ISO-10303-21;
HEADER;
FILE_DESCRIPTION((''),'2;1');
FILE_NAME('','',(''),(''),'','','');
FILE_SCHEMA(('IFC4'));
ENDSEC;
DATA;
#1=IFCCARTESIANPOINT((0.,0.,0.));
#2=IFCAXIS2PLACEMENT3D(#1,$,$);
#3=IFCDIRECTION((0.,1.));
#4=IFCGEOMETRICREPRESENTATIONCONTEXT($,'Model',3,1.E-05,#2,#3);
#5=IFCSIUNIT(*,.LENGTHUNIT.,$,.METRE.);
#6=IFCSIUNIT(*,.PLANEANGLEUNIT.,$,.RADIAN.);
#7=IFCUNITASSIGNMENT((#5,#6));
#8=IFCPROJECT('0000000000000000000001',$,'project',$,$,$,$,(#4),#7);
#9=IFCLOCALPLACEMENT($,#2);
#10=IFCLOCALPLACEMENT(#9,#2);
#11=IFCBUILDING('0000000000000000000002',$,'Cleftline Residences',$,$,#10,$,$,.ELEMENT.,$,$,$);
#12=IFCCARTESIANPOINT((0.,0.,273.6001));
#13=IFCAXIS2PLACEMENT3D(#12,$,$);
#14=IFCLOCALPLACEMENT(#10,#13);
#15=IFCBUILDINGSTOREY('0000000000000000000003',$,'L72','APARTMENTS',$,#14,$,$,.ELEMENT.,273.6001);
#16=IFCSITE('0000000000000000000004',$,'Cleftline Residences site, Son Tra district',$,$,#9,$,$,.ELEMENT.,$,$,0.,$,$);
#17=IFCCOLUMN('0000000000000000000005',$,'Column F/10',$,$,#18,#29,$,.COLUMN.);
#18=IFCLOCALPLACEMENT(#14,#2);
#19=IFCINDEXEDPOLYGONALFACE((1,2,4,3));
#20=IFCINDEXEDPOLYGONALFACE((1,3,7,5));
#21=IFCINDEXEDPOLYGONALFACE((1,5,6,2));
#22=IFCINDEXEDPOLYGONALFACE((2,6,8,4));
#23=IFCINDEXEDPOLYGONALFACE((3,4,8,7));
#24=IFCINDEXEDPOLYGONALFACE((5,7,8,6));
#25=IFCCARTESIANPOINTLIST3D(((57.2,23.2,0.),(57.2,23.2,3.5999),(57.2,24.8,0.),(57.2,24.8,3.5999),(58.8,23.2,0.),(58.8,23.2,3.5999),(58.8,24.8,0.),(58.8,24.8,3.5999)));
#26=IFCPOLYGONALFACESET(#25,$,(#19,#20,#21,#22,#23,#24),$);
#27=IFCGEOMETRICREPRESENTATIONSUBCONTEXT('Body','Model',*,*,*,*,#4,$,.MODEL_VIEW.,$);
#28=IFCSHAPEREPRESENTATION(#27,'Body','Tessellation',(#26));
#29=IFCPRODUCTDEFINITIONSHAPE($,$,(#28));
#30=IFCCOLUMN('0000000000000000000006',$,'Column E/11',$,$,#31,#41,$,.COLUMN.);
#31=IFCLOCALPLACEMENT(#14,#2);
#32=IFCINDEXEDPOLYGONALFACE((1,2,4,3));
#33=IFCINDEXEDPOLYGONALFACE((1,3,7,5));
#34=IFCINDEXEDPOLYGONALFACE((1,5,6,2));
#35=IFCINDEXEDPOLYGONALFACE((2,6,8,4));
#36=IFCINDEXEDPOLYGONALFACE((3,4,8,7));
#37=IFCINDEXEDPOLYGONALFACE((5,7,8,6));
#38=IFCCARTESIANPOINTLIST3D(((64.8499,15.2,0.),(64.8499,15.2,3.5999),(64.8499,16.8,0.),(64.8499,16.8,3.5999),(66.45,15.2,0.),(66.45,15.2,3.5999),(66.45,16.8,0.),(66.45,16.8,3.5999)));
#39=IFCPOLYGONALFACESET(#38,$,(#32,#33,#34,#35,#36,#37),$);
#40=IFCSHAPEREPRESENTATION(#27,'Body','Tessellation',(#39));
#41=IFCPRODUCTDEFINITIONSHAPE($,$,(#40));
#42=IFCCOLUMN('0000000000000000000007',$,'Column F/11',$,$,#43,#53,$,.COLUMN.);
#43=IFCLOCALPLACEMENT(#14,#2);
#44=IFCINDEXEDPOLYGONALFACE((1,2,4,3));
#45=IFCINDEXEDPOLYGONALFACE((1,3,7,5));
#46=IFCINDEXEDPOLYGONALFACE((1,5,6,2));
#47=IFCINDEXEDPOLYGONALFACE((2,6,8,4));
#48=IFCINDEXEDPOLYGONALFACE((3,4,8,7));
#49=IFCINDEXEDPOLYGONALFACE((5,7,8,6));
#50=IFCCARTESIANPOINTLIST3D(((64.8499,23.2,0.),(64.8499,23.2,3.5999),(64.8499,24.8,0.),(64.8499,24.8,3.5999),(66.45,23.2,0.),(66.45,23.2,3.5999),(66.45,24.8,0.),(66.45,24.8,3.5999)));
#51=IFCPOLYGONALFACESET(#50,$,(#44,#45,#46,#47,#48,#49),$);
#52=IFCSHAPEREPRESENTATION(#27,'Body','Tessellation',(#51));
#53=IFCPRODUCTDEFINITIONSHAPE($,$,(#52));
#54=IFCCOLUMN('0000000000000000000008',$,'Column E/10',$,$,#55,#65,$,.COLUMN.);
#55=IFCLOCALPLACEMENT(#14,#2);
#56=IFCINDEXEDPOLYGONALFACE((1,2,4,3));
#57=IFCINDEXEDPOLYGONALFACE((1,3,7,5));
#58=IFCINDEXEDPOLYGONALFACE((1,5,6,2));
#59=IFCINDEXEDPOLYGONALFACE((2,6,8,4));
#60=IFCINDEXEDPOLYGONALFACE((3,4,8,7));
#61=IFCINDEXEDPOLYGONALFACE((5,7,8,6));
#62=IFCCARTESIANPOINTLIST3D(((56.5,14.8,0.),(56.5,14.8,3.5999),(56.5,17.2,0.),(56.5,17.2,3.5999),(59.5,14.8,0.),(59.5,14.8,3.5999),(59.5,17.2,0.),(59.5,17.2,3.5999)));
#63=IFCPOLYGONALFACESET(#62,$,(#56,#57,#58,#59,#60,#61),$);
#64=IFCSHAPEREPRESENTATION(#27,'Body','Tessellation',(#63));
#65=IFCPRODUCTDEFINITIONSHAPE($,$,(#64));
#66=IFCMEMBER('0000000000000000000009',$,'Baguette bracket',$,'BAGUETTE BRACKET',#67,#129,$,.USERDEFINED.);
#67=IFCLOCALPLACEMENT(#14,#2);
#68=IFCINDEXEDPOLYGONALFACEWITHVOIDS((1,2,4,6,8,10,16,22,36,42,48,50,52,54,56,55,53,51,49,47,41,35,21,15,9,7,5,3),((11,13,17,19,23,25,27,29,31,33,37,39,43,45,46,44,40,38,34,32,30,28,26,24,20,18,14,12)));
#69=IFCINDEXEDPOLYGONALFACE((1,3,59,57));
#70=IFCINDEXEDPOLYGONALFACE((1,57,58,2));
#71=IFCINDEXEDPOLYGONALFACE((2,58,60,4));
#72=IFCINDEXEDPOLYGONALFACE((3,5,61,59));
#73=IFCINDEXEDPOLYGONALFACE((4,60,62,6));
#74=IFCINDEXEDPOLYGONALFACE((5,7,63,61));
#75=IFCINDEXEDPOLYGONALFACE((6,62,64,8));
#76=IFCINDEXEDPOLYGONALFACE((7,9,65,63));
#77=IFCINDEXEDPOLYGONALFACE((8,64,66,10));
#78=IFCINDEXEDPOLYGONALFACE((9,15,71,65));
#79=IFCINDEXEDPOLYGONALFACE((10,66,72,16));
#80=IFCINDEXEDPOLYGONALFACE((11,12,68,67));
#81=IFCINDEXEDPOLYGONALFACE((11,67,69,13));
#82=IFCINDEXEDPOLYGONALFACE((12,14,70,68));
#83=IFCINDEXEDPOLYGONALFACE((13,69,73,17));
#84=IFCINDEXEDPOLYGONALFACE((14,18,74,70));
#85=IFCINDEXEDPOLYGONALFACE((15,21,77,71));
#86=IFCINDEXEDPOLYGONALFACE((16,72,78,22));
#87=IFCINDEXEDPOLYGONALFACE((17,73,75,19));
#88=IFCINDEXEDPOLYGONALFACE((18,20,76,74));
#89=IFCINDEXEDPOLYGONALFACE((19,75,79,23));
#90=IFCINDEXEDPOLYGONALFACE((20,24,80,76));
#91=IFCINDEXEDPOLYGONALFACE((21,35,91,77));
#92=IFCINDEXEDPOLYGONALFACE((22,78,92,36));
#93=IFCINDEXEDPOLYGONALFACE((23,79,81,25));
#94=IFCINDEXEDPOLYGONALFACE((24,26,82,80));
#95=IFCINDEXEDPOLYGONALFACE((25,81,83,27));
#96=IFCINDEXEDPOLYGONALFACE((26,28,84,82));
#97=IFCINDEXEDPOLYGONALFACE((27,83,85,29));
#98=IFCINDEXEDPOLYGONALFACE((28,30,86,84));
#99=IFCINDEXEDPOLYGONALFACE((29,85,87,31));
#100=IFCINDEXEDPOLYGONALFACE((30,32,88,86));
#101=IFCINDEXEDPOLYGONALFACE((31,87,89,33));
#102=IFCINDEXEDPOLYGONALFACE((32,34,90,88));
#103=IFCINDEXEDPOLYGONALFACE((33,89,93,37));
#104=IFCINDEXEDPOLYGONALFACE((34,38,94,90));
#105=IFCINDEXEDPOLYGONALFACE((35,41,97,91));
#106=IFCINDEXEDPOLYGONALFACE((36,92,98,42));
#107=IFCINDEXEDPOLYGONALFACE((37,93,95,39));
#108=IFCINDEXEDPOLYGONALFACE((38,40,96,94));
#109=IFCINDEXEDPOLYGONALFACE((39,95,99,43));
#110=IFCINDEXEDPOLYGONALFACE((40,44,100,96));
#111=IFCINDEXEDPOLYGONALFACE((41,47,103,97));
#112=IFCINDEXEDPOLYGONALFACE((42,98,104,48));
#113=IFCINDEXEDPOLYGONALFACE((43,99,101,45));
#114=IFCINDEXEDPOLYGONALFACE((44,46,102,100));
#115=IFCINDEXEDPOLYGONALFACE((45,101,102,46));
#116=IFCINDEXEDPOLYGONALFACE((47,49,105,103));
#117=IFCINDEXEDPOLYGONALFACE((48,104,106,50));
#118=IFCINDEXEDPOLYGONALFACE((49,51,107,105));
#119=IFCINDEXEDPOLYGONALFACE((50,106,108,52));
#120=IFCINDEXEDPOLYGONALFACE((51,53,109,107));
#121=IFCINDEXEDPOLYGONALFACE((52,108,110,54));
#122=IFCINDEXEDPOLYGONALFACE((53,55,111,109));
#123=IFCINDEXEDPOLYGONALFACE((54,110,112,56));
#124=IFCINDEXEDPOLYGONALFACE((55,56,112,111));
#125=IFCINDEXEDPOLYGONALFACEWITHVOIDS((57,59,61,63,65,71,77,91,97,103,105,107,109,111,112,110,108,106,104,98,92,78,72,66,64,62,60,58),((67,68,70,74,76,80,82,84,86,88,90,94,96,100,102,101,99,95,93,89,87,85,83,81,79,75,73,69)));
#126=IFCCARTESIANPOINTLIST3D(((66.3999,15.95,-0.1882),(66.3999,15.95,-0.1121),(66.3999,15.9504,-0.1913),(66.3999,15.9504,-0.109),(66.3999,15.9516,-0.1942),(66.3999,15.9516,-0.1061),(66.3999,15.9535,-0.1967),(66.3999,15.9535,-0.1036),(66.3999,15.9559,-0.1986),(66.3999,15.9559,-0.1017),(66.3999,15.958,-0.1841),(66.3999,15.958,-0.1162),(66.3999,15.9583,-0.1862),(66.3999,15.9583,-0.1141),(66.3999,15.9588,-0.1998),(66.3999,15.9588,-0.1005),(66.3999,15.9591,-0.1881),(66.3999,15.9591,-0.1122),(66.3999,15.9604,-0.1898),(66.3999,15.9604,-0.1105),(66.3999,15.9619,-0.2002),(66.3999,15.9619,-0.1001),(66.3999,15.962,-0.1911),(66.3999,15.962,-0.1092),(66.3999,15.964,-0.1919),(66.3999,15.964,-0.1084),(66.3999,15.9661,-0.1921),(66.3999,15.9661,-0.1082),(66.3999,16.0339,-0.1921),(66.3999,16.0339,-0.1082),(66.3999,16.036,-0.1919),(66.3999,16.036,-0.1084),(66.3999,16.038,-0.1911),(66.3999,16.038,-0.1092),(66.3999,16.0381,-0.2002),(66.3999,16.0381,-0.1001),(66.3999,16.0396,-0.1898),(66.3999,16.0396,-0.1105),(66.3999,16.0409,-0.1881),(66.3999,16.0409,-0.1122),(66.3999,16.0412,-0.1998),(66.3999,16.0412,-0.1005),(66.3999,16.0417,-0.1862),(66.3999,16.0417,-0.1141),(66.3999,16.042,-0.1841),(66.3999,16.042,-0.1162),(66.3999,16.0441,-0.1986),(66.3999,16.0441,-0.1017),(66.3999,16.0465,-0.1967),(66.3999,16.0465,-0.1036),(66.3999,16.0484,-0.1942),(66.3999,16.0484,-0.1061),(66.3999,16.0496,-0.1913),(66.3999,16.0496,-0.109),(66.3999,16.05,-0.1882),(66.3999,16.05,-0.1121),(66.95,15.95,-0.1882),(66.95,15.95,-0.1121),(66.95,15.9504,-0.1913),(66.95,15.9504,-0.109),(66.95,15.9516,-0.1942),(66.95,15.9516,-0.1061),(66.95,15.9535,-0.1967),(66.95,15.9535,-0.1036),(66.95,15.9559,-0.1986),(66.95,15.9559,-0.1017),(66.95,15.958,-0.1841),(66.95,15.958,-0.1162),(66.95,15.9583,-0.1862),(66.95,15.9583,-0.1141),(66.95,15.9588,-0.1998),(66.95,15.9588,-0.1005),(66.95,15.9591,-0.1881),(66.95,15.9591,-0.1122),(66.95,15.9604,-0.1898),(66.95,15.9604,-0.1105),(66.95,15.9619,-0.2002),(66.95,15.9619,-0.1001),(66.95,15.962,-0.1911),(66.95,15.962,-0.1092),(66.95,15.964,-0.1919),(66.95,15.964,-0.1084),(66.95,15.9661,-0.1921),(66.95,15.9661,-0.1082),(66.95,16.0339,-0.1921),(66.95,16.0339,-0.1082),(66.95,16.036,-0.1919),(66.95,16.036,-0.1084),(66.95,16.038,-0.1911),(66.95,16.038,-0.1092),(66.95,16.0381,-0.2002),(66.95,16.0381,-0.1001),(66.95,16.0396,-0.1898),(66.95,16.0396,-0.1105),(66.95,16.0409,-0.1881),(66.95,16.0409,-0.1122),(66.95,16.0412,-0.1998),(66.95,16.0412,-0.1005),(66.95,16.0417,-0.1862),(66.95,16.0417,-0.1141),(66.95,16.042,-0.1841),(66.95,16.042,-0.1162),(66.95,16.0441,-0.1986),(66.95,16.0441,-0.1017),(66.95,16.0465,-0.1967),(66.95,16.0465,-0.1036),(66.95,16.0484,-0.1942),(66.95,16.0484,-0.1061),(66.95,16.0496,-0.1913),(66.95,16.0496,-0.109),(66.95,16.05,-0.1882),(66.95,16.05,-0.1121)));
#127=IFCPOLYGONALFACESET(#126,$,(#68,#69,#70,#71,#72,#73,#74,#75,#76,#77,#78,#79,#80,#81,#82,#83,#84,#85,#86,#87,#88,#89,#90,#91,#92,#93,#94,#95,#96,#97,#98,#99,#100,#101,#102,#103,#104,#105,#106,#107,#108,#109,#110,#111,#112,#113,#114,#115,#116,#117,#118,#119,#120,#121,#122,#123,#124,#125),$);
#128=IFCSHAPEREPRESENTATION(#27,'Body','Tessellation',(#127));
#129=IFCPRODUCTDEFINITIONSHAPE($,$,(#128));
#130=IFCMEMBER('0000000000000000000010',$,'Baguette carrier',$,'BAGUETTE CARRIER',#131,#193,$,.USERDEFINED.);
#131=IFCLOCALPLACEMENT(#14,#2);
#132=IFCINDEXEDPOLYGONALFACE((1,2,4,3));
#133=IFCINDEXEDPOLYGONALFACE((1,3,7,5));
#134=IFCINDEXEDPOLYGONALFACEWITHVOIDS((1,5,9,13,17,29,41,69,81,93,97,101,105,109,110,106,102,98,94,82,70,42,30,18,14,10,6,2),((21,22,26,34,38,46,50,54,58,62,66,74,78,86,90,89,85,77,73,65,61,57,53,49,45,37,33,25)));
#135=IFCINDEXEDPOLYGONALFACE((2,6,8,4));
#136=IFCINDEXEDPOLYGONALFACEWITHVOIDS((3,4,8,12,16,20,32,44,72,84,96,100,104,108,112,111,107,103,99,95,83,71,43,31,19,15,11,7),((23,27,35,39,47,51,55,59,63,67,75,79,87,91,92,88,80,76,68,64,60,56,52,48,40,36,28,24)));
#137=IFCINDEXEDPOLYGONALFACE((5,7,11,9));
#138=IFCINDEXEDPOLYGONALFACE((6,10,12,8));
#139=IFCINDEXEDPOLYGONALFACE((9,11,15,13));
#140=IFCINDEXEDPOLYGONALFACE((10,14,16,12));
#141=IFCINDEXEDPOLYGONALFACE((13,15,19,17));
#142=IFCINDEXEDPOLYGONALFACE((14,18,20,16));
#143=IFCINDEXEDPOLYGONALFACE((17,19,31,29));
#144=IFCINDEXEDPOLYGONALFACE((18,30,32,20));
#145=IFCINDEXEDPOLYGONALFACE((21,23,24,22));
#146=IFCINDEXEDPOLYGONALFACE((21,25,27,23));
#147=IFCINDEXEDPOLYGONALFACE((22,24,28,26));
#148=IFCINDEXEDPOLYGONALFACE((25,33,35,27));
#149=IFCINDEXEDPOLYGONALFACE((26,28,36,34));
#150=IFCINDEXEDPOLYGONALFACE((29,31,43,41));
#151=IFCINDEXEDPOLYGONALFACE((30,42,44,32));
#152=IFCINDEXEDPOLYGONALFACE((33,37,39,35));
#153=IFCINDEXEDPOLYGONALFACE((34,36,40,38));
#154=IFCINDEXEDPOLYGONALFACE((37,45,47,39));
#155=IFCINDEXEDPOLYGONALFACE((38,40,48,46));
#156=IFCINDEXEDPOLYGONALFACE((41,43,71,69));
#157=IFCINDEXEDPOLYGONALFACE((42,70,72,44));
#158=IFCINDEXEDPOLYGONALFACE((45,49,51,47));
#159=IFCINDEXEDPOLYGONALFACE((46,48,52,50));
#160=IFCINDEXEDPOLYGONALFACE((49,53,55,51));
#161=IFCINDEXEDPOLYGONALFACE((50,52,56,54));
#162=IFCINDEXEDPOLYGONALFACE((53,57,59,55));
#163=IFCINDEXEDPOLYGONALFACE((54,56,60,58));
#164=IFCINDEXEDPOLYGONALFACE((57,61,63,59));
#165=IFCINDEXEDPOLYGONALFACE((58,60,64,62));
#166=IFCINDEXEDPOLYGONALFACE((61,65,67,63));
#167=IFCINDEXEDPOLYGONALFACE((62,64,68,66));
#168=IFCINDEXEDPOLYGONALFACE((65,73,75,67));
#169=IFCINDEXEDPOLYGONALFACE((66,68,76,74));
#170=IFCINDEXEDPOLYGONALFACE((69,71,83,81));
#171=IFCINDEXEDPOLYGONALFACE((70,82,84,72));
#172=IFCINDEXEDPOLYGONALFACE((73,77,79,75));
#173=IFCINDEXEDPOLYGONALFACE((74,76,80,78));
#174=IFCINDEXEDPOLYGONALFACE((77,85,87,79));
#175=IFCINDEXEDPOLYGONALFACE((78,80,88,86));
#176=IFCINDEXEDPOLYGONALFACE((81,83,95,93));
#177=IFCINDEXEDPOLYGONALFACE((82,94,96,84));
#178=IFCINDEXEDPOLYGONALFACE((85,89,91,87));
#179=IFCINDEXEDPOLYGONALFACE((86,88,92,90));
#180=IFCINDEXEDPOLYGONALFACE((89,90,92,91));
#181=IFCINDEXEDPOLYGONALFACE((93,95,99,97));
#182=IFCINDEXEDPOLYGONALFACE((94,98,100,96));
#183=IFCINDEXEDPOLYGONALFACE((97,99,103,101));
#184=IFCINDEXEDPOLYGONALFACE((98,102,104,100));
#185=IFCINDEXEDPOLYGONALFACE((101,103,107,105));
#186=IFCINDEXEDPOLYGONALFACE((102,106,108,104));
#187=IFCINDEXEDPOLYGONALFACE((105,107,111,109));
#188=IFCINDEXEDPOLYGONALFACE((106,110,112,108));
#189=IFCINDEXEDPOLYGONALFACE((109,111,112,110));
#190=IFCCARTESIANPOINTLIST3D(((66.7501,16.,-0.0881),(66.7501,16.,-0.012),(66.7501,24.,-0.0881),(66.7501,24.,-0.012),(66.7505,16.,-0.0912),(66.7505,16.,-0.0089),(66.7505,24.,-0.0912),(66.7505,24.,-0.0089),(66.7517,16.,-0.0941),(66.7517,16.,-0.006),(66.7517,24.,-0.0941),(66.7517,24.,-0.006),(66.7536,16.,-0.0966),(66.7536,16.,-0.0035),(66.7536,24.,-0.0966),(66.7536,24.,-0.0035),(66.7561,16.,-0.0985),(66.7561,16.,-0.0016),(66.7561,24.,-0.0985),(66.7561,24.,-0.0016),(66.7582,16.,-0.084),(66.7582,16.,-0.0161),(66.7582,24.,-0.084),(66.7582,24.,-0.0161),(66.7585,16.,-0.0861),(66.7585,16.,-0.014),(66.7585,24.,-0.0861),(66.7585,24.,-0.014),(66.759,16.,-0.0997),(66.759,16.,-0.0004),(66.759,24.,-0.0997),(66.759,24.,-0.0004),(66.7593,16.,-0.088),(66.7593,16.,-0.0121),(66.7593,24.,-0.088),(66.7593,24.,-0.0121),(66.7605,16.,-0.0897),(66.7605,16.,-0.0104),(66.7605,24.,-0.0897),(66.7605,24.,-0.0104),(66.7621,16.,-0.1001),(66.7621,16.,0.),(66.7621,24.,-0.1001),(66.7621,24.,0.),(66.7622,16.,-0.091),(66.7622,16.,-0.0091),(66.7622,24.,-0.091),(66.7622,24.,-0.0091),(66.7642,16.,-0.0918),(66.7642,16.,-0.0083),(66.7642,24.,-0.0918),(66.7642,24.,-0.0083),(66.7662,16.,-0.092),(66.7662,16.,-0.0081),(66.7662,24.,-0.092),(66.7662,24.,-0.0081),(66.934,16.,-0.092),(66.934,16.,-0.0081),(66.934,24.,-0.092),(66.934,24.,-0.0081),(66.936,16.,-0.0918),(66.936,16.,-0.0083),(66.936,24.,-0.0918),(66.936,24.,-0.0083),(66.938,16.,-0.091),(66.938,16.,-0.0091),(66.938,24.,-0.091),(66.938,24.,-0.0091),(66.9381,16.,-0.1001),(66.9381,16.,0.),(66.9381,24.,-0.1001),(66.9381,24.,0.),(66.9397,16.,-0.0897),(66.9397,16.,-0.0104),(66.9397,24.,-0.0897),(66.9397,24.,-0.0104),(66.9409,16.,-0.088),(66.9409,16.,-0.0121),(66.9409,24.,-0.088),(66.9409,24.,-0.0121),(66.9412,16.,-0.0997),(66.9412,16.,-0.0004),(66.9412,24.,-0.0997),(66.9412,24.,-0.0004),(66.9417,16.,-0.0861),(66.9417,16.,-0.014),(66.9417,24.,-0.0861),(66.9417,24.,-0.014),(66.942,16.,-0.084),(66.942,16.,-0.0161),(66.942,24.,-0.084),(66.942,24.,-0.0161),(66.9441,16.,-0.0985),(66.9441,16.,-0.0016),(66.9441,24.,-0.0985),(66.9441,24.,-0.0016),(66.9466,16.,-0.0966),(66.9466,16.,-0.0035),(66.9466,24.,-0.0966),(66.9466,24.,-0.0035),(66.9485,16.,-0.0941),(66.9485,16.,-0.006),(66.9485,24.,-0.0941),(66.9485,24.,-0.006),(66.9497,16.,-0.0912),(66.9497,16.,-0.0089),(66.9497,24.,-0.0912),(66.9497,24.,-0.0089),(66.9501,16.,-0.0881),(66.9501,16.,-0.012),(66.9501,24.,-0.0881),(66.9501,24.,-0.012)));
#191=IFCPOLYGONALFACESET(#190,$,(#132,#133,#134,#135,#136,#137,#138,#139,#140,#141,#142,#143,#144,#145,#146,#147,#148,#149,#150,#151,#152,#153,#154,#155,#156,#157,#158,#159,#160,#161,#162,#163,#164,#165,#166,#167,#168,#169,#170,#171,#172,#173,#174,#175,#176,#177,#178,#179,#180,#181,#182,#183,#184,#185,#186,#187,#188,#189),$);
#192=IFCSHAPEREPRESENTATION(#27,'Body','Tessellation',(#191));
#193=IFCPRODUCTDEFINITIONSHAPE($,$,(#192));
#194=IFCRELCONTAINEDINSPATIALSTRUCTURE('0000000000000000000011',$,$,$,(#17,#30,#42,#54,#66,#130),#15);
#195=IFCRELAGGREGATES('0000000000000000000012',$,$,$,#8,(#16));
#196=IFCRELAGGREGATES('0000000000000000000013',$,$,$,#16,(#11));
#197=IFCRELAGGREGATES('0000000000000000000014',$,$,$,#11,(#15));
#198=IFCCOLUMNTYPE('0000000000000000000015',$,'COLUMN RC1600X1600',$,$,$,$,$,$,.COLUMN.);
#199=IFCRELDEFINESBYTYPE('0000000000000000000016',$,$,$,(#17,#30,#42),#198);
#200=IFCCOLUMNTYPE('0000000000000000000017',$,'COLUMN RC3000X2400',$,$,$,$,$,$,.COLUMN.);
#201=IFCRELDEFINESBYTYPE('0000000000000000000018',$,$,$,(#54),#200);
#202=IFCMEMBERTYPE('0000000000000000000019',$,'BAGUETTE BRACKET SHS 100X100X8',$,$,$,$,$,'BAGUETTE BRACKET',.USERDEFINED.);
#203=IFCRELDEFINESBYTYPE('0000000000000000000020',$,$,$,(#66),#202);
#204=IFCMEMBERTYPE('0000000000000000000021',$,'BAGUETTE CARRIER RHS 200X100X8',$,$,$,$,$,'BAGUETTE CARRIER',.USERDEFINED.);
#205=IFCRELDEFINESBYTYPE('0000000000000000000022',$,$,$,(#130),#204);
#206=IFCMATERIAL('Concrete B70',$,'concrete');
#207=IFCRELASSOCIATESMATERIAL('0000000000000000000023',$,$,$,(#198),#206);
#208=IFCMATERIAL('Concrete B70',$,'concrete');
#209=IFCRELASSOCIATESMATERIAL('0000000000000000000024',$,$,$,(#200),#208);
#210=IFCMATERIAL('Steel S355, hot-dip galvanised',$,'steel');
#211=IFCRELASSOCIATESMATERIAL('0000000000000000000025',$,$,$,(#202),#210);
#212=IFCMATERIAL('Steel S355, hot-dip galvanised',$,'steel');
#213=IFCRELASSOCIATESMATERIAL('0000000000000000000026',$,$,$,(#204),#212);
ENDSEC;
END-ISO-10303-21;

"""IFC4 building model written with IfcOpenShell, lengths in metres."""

from ifc_helpers import new_model, si_unit, direction, frame, origin, origin_2d, place, context, subcontext, project, spatial, rectangle, hollow_rectangle, extrude, material, material_profile, profile_set, type_object, element, save


model = new_model("IFC4")

# Units and contexts
model_context = context("Model", 3, precision=1e-05, world=origin(), true_north=direction((0.0, 1.0)))
body_context = subcontext(model_context, "Body", "Model", "MODEL_VIEW")
ifc_project = project(units=[si_unit("LENGTHUNIT", "METRE"), si_unit("PLANEANGLEUNIT", "RADIAN")], contexts=[model_context])

# Site, building, storey
site_placement = place(None, origin())
site = spatial("IfcSite", under=ifc_project, at=site_placement, Name="Cleftline Residences site, Son Tra district", CompositionType="ELEMENT", RefElevation=0.0)
building_placement = place(site_placement, origin())
building = spatial("IfcBuilding", under=site, at=building_placement, Name="Cleftline Residences", CompositionType="ELEMENT")
storey_placement = place(building_placement, frame((0.0, 0.0, 273.6001)))
storey = spatial("IfcBuildingStorey", under=building, at=storey_placement, Name="L72", Description="APARTMENTS", CompositionType="ELEMENT", Elevation=273.6001)

# Columns
ifc_material_1 = material(Name="Concrete B70", Category="concrete")
ifc_material_profile_1 = material_profile(ifc_material_1, rectangle(XDim=1.6001, YDim=1.6001, at=origin_2d()))
ifc_profile_set_1 = profile_set([ifc_material_profile_1], Name="Concrete B70")
column_type_1 = type_object("IfcColumnType", Name="COLUMN RC1600X1600", PredefinedType="COLUMN", material=ifc_profile_set_1)
for number, where, z_axis, x_axis, name in (
    (1, (58.0, 24.0, 0.0), (0.0, 0.0, 1.0), (1.0, 0.0, 0.0), "Column F/10"),
    (2, (65.6499, 16.0, 0.0), (0.0, 0.0, 1.0), (1.0, 0.0, 0.0), "Column E/11"),
    (3, (65.6499, 24.0, 0.0), (0.0, 0.0, 1.0), (1.0, 0.0, 0.0), "Column F/11"),
):
    element("IfcColumn", number, at=place(storey_placement, frame(where, z_axis=z_axis, x_axis=x_axis)), inside=storey, type_object=column_type_1, Name=name, PredefinedType="COLUMN", context=body_context, shape_type="SweptSolid", body=[
        extrude(rectangle(XDim=1.6001, YDim=1.6001, at=origin_2d()), origin(), (0.0, 0.0, 1.0), 3.5999),
    ])
ifc_material_2 = material(Name="Concrete B70", Category="concrete")
ifc_material_profile_2 = material_profile(ifc_material_2, rectangle(XDim=3.0, YDim=2.3999, at=origin_2d()))
ifc_profile_set_2 = profile_set([ifc_material_profile_2], Name="Concrete B70")
column_type_2 = type_object("IfcColumnType", Name="COLUMN RC3000X2400", PredefinedType="COLUMN", material=ifc_profile_set_2)
column_placement = place(storey_placement, frame((58.0, 16.0, 0.0), z_axis=(0.0, 0.0, 1.0), x_axis=(1.0, 0.0, 0.0)))
element("IfcColumn", 4, at=column_placement, inside=storey, type_object=column_type_2, Name="Column E/10", PredefinedType="COLUMN", context=body_context, shape_type="SweptSolid", body=[
    extrude(rectangle(XDim=3.0, YDim=2.3999, at=origin_2d()), origin(), (0.0, 0.0, 1.0), 3.5999),
])

# Members
ifc_material_3 = material(Name="Steel S355, hot-dip galvanised", Category="steel")
ifc_material_profile_3 = material_profile(ifc_material_3, hollow_rectangle(XDim=0.1001, YDim=0.1001, WallThickness=0.0081, InnerFilletRadius=0.0081, OuterFilletRadius=0.012, at=origin_2d()))
ifc_profile_set_3 = profile_set([ifc_material_profile_3], Name="Steel S355, hot-dip galvanised")
member_type_1 = type_object("IfcMemberType", Name="BAGUETTE BRACKET SHS 100X100X8", ElementType="BAGUETTE BRACKET", PredefinedType="USERDEFINED", material=ifc_profile_set_3)
member_1_placement = place(storey_placement, frame((66.3999, 16.0, -0.1501), z_axis=(1.0, 0.0, 0.0), x_axis=(0.0, 1.0, 0.0)))
element("IfcMember", 5, at=member_1_placement, inside=storey, type_object=member_type_1, Name="Baguette bracket", ObjectType="BAGUETTE BRACKET", PredefinedType="USERDEFINED", context=body_context, shape_type="SweptSolid", body=[
    extrude(hollow_rectangle(XDim=0.1001, YDim=0.1001, WallThickness=0.0081, InnerFilletRadius=0.0081, OuterFilletRadius=0.012, at=origin_2d()), origin(), (0.0, 0.0, 1.0), 0.55),
])
ifc_material_4 = material(Name="Steel S355, hot-dip galvanised", Category="steel")
ifc_material_profile_4 = material_profile(ifc_material_4, hollow_rectangle(XDim=0.1001, YDim=0.2, WallThickness=0.0081, InnerFilletRadius=0.0081, OuterFilletRadius=0.012, at=origin_2d()))
ifc_profile_set_4 = profile_set([ifc_material_profile_4], Name="Steel S355, hot-dip galvanised")
member_type_2 = type_object("IfcMemberType", Name="BAGUETTE CARRIER RHS 200X100X8", ElementType="BAGUETTE CARRIER", PredefinedType="USERDEFINED", material=ifc_profile_set_4)
member_2_placement = place(storey_placement, frame((66.8501, 16.0, -0.05), z_axis=(0.0, 1.0, 0.0), x_axis=(0.0, 0.0, 1.0)))
element("IfcMember", 6, at=member_2_placement, inside=storey, type_object=member_type_2, Name="Baguette carrier", ObjectType="BAGUETTE CARRIER", PredefinedType="USERDEFINED", context=body_context, shape_type="SweptSolid", body=[
    extrude(hollow_rectangle(XDim=0.1001, YDim=0.2, WallThickness=0.0081, InnerFilletRadius=0.0081, OuterFilletRadius=0.012, at=origin_2d()), origin(), (0.0, 0.0, 1.0), 8.0),
])

save(model, "model.ifc")
